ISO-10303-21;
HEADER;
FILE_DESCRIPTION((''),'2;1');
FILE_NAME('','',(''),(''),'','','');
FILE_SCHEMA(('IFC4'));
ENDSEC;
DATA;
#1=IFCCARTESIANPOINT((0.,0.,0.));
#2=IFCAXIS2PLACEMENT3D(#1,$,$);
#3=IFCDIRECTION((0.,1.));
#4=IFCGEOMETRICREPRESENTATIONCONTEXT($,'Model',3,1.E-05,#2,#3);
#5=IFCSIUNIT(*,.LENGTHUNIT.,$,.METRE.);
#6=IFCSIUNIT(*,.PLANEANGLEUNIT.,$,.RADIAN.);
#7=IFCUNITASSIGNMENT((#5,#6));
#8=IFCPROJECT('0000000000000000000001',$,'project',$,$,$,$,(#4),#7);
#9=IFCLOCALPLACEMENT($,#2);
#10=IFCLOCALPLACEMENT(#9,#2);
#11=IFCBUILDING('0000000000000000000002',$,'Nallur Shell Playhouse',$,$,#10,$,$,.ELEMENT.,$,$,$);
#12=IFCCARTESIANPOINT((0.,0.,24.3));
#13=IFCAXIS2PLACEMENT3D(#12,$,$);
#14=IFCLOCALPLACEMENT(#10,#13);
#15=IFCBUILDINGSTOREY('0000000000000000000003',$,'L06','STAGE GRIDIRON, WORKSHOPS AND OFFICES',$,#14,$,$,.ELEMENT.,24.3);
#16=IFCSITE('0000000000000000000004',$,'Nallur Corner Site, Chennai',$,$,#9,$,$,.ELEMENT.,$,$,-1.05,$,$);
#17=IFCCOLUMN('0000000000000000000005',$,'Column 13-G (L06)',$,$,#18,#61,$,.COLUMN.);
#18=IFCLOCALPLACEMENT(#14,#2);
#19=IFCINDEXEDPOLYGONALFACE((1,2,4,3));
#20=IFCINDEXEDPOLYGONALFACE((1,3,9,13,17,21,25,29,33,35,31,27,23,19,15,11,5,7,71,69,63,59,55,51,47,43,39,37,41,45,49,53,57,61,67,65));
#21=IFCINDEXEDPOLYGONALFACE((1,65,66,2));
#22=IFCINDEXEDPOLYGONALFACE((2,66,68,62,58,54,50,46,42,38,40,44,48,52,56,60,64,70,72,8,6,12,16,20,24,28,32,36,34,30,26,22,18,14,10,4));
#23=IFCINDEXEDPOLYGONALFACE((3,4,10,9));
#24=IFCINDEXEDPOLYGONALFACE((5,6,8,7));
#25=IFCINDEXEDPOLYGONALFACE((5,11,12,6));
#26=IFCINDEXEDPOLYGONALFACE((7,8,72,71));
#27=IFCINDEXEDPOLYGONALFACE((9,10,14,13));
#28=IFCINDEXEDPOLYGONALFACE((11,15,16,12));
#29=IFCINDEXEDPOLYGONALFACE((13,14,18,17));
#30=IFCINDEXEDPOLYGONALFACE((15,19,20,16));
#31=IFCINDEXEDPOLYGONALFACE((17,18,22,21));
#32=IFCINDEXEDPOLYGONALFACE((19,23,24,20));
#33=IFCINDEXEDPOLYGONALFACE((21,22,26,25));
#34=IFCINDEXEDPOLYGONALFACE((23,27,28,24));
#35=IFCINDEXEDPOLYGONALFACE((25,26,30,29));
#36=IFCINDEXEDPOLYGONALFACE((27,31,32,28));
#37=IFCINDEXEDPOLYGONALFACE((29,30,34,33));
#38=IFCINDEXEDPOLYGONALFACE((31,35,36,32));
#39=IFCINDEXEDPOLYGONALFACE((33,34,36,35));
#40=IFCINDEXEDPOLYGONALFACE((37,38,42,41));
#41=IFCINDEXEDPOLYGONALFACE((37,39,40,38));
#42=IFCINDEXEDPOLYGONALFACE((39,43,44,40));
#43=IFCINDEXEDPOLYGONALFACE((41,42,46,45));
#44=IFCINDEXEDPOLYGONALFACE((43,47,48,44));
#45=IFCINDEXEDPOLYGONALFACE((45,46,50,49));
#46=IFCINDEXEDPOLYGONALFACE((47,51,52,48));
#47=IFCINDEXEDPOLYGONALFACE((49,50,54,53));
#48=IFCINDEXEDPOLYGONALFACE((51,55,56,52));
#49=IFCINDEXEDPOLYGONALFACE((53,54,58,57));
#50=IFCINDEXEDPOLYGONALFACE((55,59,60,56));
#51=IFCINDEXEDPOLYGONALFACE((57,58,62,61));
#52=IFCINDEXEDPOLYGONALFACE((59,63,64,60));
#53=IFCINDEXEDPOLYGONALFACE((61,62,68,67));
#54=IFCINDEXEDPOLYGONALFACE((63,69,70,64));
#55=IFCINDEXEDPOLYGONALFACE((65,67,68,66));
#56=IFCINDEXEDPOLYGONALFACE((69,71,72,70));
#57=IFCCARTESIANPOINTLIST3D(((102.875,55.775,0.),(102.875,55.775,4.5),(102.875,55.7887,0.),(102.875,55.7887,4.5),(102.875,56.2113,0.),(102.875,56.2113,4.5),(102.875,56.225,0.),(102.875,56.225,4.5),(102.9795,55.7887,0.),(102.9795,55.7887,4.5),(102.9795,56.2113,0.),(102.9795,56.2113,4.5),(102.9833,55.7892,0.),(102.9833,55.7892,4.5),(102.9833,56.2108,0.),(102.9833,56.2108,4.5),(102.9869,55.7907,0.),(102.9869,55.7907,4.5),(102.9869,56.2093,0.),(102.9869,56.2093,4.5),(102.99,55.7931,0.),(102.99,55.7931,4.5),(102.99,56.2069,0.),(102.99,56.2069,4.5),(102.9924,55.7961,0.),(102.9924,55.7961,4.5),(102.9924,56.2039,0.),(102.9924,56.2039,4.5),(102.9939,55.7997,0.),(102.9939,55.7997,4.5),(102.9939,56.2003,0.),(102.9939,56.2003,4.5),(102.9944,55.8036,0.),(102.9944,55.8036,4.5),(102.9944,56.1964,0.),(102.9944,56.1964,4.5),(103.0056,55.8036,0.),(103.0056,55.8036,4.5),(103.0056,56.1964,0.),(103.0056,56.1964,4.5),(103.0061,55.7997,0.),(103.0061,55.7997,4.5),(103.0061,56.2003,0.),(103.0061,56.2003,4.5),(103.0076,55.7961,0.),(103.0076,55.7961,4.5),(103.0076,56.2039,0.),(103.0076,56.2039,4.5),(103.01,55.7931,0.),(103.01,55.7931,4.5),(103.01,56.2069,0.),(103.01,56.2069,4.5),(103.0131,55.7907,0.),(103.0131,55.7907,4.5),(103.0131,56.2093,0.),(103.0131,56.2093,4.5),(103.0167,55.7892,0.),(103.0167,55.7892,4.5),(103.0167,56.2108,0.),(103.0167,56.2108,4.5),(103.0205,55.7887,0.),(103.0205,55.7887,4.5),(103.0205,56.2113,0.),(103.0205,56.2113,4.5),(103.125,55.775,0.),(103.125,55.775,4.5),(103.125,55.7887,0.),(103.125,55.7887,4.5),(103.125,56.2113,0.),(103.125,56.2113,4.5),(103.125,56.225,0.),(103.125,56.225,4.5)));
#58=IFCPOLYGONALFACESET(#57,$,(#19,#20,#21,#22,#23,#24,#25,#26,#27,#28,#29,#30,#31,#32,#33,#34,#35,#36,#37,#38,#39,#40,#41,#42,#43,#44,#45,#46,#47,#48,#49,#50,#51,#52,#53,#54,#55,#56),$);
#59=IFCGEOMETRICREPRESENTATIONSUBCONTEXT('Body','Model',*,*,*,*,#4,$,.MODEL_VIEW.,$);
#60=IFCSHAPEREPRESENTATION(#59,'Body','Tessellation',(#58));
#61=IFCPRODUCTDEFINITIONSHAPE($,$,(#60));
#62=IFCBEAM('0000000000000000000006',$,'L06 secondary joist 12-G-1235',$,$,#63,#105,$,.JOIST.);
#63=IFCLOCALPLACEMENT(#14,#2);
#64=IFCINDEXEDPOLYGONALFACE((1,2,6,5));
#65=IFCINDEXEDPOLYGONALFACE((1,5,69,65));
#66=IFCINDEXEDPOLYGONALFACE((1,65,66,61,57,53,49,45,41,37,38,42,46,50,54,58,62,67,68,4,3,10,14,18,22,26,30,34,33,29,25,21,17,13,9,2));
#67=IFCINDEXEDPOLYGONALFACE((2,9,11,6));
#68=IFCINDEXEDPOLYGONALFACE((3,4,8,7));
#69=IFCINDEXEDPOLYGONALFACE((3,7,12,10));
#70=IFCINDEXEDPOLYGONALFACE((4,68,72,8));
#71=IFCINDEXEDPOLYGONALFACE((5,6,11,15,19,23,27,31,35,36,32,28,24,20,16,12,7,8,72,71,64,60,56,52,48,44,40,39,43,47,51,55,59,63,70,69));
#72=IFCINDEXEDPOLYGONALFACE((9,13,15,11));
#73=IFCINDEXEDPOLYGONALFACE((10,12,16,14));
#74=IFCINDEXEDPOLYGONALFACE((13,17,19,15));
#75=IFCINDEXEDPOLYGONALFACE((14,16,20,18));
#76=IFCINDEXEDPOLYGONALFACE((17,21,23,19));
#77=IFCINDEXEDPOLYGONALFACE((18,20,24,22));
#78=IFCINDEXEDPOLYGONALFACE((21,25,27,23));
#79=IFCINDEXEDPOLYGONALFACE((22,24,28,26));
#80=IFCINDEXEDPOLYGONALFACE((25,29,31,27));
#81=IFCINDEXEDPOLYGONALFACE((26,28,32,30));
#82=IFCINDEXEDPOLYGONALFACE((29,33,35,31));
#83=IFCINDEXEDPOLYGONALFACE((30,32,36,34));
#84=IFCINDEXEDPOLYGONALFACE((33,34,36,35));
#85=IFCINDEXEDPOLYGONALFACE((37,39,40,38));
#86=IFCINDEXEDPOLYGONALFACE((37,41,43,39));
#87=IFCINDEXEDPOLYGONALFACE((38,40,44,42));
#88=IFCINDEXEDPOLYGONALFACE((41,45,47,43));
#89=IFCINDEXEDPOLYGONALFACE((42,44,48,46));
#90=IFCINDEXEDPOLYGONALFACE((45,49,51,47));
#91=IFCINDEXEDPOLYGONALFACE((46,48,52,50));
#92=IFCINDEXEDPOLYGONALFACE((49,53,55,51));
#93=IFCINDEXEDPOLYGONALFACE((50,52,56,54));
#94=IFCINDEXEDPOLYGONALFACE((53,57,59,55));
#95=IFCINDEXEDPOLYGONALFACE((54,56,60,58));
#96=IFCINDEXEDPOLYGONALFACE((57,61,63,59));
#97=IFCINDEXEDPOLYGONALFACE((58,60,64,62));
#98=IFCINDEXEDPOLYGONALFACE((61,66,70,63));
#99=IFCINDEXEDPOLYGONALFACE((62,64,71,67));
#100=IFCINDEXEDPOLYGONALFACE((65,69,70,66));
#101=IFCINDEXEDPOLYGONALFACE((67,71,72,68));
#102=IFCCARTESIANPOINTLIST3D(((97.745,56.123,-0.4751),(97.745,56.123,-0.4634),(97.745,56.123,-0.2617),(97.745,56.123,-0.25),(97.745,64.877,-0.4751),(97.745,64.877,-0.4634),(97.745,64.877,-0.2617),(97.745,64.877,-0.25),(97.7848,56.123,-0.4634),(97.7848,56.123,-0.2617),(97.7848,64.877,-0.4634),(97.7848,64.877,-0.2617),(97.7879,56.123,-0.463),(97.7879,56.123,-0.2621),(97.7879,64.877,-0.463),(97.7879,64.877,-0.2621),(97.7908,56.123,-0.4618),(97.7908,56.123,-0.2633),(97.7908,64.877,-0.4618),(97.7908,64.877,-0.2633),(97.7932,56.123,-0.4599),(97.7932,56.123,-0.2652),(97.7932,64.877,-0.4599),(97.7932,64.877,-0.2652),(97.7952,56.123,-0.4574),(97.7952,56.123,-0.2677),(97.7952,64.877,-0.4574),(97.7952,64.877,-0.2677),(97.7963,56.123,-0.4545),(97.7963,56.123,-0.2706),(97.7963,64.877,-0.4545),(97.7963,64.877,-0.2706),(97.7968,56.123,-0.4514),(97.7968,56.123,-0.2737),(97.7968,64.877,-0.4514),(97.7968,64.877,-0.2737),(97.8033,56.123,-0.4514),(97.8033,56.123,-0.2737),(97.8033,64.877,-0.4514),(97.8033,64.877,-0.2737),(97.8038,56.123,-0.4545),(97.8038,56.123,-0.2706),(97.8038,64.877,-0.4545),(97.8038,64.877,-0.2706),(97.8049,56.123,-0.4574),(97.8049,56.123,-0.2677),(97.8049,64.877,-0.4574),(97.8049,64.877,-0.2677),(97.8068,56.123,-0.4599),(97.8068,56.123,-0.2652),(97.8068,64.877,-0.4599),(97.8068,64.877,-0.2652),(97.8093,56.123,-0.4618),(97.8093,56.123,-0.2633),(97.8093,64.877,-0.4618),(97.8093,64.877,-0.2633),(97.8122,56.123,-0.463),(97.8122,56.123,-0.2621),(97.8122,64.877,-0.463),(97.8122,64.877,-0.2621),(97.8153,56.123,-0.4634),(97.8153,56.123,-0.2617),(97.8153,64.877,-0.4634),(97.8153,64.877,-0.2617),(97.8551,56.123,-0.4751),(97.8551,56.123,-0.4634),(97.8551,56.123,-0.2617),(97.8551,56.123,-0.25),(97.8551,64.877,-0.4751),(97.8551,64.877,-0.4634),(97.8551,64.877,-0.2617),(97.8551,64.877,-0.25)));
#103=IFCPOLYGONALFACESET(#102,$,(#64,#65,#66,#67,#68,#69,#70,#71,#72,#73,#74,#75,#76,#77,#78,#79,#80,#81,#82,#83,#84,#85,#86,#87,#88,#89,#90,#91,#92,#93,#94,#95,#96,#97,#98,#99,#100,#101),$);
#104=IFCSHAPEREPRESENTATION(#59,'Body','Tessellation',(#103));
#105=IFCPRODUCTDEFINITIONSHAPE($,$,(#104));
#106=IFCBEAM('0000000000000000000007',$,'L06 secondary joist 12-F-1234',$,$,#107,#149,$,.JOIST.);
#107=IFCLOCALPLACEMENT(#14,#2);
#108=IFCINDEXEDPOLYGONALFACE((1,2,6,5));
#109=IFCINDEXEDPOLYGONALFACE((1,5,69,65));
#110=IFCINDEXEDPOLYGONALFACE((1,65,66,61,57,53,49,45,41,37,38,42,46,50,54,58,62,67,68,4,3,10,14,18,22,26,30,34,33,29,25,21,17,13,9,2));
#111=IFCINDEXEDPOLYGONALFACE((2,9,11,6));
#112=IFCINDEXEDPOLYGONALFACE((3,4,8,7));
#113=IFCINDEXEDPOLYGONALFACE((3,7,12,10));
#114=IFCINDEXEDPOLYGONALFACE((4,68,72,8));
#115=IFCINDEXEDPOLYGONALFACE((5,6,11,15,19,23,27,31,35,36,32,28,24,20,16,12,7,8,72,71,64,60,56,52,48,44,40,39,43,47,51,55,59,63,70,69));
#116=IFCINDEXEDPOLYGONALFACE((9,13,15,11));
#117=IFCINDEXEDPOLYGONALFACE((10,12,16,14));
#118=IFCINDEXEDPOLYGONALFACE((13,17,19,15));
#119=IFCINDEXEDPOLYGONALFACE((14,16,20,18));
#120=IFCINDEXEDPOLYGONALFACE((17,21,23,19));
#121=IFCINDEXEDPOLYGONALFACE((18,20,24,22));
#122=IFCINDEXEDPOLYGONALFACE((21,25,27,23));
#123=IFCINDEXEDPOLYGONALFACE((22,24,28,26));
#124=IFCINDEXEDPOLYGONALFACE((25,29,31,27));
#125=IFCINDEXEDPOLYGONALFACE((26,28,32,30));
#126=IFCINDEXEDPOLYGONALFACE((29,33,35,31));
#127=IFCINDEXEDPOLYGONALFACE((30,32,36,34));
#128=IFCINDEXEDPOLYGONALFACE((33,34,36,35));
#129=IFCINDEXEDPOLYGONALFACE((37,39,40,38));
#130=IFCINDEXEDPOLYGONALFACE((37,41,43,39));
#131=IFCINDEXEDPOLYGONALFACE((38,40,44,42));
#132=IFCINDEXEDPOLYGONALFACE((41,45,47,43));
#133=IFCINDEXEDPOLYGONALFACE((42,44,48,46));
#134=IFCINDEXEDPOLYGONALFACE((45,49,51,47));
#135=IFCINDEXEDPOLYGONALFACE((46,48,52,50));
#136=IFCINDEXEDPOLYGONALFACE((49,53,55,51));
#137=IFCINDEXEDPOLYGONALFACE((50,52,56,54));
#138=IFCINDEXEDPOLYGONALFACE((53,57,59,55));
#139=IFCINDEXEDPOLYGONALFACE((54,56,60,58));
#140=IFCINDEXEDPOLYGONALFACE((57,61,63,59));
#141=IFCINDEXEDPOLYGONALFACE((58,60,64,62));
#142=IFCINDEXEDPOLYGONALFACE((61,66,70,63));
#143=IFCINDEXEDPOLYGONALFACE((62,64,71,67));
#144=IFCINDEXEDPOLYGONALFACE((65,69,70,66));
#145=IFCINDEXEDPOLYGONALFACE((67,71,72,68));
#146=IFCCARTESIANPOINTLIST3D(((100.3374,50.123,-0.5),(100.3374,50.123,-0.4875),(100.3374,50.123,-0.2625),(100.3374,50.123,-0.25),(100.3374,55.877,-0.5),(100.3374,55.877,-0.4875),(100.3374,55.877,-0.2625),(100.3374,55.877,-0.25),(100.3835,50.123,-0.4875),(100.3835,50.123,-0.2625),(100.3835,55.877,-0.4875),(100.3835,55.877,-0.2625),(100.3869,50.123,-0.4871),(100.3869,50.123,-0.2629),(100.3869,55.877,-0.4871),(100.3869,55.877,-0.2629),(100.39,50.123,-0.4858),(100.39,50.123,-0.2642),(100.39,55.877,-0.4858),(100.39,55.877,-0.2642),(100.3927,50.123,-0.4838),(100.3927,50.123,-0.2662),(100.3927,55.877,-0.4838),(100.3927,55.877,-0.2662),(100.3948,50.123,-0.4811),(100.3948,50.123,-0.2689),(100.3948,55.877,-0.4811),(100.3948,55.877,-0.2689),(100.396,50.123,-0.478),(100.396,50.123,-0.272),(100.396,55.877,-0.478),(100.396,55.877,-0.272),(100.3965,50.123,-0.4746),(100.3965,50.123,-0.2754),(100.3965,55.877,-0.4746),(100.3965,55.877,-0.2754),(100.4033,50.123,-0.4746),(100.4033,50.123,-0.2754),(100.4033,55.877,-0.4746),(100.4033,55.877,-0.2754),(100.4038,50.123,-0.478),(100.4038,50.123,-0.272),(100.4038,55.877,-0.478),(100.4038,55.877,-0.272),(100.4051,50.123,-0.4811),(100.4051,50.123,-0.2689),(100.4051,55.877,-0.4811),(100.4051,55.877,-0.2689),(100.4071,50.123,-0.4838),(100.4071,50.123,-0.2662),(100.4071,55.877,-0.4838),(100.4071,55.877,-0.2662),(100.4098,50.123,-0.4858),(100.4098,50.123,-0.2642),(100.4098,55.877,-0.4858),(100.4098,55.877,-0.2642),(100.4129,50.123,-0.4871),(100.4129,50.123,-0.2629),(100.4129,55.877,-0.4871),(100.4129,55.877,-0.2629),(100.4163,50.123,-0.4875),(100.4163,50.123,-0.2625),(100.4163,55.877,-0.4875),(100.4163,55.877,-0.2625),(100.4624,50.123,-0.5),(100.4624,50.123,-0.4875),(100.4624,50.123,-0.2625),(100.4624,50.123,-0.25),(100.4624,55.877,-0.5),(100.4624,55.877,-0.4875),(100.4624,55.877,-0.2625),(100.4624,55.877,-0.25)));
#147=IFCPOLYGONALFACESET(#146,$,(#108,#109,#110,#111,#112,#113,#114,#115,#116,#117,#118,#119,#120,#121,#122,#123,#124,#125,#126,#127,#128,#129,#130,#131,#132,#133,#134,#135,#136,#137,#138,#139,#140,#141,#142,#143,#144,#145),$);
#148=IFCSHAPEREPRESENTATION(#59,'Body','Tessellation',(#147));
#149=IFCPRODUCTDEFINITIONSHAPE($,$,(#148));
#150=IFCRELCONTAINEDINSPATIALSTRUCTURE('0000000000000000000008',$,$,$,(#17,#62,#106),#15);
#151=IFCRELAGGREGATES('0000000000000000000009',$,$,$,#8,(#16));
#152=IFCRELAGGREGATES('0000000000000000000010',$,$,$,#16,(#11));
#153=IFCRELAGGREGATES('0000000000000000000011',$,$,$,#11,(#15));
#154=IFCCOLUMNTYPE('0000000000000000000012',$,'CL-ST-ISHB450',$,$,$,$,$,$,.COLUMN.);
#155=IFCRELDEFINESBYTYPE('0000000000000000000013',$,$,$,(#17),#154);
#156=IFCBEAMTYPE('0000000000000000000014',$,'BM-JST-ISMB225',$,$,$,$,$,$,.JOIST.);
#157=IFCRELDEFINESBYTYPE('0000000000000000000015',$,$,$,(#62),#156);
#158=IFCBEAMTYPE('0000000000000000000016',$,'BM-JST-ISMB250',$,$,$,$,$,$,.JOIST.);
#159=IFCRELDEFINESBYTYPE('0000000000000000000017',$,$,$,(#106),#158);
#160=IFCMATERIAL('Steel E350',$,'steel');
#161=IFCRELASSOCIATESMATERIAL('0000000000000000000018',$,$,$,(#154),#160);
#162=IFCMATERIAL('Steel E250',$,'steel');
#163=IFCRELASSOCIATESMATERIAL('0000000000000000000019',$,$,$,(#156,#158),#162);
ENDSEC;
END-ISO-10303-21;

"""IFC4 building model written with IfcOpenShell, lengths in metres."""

from ifc_helpers import new_model, si_unit, direction, frame, origin, origin_2d, place, context, subcontext, project, spatial, i_section, extrude, material, material_profile, profile_set, type_object, element, save


model = new_model("IFC4")

# Units and contexts
model_context = context("Model", 3, precision=1e-05, world=origin(), true_north=direction((0.0, 1.0)))
body_context = subcontext(model_context, "Body", "Model", "MODEL_VIEW")
ifc_project = project(units=[si_unit("LENGTHUNIT", "METRE"), si_unit("PLANEANGLEUNIT", "RADIAN")], contexts=[model_context])

# Site, building, storey
site_placement = place(None, origin())
site = spatial("IfcSite", under=ifc_project, at=site_placement, Name="Nallur Corner Site, Chennai", CompositionType="ELEMENT", RefElevation=-1.05)
building_placement = place(site_placement, origin())
building = spatial("IfcBuilding", under=site, at=building_placement, Name="Nallur Shell Playhouse", CompositionType="ELEMENT")
storey_placement = place(building_placement, frame((0.0, 0.0, 24.3)))
storey = spatial("IfcBuildingStorey", under=building, at=storey_placement, Name="L06", Description="STAGE GRIDIRON, WORKSHOPS AND OFFICES", CompositionType="ELEMENT", Elevation=24.3)

# Column
ifc_material_1 = material(Name="Steel E350", Category="steel")
ifc_material_profile_1 = material_profile(ifc_material_1, i_section(OverallWidth=0.25, OverallDepth=0.45, WebThickness=0.0112, FlangeThickness=0.0137, FilletRadius=0.0149, at=origin_2d()), Name="ISHB 450")
ifc_profile_set_1 = profile_set([ifc_material_profile_1], Name="Steel E350")
column_type = type_object("IfcColumnType", Name="CL-ST-ISHB450", PredefinedType="COLUMN", material=ifc_profile_set_1)
column_placement = place(storey_placement, frame((103.0, 56.0, 0.0), z_axis=(0.0, 0.0, 1.0), x_axis=(1.0, 0.0, 0.0)))
element("IfcColumn", 1, at=column_placement, inside=storey, type_object=column_type, Name="Column 13-G (L06)", PredefinedType="COLUMN", context=body_context, shape_type="SweptSolid", body=[
    extrude(i_section(OverallWidth=0.25, OverallDepth=0.45, WebThickness=0.0112, FlangeThickness=0.0137, FilletRadius=0.0149, at=origin_2d()), origin(), (0.0, 0.0, 1.0), 4.5),
])

# Beams
ifc_material_2 = material(Name="Steel E250", Category="steel")
ifc_material_profile_2 = material_profile(ifc_material_2, i_section(OverallWidth=0.1101, OverallDepth=0.2251, WebThickness=0.0066, FlangeThickness=0.0117, FilletRadius=0.012, at=origin_2d()), Name="ISMB 225")
ifc_profile_set_2 = profile_set([ifc_material_profile_2], Name="Steel E250")
beam_type_1 = type_object("IfcBeamType", Name="BM-JST-ISMB225", PredefinedType="JOIST", material=ifc_profile_set_2)
beam_1_placement = place(storey_placement, frame((97.8, 56.123, -0.3625), z_axis=(0.0, 1.0, 0.0), x_axis=(-1.0, 0.0, 0.0)))
element("IfcBeam", 2, at=beam_1_placement, inside=storey, type_object=beam_type_1, Name="L06 secondary joist 12-G-1235", PredefinedType="JOIST", context=body_context, shape_type="SweptSolid", body=[
    extrude(i_section(OverallWidth=0.1101, OverallDepth=0.2251, WebThickness=0.0066, FlangeThickness=0.0117, FilletRadius=0.012, at=origin_2d()), origin(), (0.0, 0.0, 1.0), 8.7539),
])
ifc_material_profile_3 = material_profile(ifc_material_2, i_section(OverallWidth=0.125, OverallDepth=0.25, WebThickness=0.0068, FlangeThickness=0.0125, FilletRadius=0.0129, at=origin_2d()), Name="ISMB 250")
ifc_profile_set_3 = profile_set([ifc_material_profile_3], Name="Steel E250")
beam_type_2 = type_object("IfcBeamType", Name="BM-JST-ISMB250", PredefinedType="JOIST", material=ifc_profile_set_3)
beam_2_placement = place(storey_placement, frame((100.3999, 50.123, -0.375), z_axis=(0.0, 1.0, 0.0), x_axis=(-1.0, 0.0, 0.0)))
element("IfcBeam", 3, at=beam_2_placement, inside=storey, type_object=beam_type_2, Name="L06 secondary joist 12-F-1234", PredefinedType="JOIST", context=body_context, shape_type="SweptSolid", body=[
    extrude(i_section(OverallWidth=0.125, OverallDepth=0.25, WebThickness=0.0068, FlangeThickness=0.0125, FilletRadius=0.0129, at=origin_2d()), origin(), (0.0, 0.0, 1.0), 5.7539),
])

save(model, "model.ifc")
